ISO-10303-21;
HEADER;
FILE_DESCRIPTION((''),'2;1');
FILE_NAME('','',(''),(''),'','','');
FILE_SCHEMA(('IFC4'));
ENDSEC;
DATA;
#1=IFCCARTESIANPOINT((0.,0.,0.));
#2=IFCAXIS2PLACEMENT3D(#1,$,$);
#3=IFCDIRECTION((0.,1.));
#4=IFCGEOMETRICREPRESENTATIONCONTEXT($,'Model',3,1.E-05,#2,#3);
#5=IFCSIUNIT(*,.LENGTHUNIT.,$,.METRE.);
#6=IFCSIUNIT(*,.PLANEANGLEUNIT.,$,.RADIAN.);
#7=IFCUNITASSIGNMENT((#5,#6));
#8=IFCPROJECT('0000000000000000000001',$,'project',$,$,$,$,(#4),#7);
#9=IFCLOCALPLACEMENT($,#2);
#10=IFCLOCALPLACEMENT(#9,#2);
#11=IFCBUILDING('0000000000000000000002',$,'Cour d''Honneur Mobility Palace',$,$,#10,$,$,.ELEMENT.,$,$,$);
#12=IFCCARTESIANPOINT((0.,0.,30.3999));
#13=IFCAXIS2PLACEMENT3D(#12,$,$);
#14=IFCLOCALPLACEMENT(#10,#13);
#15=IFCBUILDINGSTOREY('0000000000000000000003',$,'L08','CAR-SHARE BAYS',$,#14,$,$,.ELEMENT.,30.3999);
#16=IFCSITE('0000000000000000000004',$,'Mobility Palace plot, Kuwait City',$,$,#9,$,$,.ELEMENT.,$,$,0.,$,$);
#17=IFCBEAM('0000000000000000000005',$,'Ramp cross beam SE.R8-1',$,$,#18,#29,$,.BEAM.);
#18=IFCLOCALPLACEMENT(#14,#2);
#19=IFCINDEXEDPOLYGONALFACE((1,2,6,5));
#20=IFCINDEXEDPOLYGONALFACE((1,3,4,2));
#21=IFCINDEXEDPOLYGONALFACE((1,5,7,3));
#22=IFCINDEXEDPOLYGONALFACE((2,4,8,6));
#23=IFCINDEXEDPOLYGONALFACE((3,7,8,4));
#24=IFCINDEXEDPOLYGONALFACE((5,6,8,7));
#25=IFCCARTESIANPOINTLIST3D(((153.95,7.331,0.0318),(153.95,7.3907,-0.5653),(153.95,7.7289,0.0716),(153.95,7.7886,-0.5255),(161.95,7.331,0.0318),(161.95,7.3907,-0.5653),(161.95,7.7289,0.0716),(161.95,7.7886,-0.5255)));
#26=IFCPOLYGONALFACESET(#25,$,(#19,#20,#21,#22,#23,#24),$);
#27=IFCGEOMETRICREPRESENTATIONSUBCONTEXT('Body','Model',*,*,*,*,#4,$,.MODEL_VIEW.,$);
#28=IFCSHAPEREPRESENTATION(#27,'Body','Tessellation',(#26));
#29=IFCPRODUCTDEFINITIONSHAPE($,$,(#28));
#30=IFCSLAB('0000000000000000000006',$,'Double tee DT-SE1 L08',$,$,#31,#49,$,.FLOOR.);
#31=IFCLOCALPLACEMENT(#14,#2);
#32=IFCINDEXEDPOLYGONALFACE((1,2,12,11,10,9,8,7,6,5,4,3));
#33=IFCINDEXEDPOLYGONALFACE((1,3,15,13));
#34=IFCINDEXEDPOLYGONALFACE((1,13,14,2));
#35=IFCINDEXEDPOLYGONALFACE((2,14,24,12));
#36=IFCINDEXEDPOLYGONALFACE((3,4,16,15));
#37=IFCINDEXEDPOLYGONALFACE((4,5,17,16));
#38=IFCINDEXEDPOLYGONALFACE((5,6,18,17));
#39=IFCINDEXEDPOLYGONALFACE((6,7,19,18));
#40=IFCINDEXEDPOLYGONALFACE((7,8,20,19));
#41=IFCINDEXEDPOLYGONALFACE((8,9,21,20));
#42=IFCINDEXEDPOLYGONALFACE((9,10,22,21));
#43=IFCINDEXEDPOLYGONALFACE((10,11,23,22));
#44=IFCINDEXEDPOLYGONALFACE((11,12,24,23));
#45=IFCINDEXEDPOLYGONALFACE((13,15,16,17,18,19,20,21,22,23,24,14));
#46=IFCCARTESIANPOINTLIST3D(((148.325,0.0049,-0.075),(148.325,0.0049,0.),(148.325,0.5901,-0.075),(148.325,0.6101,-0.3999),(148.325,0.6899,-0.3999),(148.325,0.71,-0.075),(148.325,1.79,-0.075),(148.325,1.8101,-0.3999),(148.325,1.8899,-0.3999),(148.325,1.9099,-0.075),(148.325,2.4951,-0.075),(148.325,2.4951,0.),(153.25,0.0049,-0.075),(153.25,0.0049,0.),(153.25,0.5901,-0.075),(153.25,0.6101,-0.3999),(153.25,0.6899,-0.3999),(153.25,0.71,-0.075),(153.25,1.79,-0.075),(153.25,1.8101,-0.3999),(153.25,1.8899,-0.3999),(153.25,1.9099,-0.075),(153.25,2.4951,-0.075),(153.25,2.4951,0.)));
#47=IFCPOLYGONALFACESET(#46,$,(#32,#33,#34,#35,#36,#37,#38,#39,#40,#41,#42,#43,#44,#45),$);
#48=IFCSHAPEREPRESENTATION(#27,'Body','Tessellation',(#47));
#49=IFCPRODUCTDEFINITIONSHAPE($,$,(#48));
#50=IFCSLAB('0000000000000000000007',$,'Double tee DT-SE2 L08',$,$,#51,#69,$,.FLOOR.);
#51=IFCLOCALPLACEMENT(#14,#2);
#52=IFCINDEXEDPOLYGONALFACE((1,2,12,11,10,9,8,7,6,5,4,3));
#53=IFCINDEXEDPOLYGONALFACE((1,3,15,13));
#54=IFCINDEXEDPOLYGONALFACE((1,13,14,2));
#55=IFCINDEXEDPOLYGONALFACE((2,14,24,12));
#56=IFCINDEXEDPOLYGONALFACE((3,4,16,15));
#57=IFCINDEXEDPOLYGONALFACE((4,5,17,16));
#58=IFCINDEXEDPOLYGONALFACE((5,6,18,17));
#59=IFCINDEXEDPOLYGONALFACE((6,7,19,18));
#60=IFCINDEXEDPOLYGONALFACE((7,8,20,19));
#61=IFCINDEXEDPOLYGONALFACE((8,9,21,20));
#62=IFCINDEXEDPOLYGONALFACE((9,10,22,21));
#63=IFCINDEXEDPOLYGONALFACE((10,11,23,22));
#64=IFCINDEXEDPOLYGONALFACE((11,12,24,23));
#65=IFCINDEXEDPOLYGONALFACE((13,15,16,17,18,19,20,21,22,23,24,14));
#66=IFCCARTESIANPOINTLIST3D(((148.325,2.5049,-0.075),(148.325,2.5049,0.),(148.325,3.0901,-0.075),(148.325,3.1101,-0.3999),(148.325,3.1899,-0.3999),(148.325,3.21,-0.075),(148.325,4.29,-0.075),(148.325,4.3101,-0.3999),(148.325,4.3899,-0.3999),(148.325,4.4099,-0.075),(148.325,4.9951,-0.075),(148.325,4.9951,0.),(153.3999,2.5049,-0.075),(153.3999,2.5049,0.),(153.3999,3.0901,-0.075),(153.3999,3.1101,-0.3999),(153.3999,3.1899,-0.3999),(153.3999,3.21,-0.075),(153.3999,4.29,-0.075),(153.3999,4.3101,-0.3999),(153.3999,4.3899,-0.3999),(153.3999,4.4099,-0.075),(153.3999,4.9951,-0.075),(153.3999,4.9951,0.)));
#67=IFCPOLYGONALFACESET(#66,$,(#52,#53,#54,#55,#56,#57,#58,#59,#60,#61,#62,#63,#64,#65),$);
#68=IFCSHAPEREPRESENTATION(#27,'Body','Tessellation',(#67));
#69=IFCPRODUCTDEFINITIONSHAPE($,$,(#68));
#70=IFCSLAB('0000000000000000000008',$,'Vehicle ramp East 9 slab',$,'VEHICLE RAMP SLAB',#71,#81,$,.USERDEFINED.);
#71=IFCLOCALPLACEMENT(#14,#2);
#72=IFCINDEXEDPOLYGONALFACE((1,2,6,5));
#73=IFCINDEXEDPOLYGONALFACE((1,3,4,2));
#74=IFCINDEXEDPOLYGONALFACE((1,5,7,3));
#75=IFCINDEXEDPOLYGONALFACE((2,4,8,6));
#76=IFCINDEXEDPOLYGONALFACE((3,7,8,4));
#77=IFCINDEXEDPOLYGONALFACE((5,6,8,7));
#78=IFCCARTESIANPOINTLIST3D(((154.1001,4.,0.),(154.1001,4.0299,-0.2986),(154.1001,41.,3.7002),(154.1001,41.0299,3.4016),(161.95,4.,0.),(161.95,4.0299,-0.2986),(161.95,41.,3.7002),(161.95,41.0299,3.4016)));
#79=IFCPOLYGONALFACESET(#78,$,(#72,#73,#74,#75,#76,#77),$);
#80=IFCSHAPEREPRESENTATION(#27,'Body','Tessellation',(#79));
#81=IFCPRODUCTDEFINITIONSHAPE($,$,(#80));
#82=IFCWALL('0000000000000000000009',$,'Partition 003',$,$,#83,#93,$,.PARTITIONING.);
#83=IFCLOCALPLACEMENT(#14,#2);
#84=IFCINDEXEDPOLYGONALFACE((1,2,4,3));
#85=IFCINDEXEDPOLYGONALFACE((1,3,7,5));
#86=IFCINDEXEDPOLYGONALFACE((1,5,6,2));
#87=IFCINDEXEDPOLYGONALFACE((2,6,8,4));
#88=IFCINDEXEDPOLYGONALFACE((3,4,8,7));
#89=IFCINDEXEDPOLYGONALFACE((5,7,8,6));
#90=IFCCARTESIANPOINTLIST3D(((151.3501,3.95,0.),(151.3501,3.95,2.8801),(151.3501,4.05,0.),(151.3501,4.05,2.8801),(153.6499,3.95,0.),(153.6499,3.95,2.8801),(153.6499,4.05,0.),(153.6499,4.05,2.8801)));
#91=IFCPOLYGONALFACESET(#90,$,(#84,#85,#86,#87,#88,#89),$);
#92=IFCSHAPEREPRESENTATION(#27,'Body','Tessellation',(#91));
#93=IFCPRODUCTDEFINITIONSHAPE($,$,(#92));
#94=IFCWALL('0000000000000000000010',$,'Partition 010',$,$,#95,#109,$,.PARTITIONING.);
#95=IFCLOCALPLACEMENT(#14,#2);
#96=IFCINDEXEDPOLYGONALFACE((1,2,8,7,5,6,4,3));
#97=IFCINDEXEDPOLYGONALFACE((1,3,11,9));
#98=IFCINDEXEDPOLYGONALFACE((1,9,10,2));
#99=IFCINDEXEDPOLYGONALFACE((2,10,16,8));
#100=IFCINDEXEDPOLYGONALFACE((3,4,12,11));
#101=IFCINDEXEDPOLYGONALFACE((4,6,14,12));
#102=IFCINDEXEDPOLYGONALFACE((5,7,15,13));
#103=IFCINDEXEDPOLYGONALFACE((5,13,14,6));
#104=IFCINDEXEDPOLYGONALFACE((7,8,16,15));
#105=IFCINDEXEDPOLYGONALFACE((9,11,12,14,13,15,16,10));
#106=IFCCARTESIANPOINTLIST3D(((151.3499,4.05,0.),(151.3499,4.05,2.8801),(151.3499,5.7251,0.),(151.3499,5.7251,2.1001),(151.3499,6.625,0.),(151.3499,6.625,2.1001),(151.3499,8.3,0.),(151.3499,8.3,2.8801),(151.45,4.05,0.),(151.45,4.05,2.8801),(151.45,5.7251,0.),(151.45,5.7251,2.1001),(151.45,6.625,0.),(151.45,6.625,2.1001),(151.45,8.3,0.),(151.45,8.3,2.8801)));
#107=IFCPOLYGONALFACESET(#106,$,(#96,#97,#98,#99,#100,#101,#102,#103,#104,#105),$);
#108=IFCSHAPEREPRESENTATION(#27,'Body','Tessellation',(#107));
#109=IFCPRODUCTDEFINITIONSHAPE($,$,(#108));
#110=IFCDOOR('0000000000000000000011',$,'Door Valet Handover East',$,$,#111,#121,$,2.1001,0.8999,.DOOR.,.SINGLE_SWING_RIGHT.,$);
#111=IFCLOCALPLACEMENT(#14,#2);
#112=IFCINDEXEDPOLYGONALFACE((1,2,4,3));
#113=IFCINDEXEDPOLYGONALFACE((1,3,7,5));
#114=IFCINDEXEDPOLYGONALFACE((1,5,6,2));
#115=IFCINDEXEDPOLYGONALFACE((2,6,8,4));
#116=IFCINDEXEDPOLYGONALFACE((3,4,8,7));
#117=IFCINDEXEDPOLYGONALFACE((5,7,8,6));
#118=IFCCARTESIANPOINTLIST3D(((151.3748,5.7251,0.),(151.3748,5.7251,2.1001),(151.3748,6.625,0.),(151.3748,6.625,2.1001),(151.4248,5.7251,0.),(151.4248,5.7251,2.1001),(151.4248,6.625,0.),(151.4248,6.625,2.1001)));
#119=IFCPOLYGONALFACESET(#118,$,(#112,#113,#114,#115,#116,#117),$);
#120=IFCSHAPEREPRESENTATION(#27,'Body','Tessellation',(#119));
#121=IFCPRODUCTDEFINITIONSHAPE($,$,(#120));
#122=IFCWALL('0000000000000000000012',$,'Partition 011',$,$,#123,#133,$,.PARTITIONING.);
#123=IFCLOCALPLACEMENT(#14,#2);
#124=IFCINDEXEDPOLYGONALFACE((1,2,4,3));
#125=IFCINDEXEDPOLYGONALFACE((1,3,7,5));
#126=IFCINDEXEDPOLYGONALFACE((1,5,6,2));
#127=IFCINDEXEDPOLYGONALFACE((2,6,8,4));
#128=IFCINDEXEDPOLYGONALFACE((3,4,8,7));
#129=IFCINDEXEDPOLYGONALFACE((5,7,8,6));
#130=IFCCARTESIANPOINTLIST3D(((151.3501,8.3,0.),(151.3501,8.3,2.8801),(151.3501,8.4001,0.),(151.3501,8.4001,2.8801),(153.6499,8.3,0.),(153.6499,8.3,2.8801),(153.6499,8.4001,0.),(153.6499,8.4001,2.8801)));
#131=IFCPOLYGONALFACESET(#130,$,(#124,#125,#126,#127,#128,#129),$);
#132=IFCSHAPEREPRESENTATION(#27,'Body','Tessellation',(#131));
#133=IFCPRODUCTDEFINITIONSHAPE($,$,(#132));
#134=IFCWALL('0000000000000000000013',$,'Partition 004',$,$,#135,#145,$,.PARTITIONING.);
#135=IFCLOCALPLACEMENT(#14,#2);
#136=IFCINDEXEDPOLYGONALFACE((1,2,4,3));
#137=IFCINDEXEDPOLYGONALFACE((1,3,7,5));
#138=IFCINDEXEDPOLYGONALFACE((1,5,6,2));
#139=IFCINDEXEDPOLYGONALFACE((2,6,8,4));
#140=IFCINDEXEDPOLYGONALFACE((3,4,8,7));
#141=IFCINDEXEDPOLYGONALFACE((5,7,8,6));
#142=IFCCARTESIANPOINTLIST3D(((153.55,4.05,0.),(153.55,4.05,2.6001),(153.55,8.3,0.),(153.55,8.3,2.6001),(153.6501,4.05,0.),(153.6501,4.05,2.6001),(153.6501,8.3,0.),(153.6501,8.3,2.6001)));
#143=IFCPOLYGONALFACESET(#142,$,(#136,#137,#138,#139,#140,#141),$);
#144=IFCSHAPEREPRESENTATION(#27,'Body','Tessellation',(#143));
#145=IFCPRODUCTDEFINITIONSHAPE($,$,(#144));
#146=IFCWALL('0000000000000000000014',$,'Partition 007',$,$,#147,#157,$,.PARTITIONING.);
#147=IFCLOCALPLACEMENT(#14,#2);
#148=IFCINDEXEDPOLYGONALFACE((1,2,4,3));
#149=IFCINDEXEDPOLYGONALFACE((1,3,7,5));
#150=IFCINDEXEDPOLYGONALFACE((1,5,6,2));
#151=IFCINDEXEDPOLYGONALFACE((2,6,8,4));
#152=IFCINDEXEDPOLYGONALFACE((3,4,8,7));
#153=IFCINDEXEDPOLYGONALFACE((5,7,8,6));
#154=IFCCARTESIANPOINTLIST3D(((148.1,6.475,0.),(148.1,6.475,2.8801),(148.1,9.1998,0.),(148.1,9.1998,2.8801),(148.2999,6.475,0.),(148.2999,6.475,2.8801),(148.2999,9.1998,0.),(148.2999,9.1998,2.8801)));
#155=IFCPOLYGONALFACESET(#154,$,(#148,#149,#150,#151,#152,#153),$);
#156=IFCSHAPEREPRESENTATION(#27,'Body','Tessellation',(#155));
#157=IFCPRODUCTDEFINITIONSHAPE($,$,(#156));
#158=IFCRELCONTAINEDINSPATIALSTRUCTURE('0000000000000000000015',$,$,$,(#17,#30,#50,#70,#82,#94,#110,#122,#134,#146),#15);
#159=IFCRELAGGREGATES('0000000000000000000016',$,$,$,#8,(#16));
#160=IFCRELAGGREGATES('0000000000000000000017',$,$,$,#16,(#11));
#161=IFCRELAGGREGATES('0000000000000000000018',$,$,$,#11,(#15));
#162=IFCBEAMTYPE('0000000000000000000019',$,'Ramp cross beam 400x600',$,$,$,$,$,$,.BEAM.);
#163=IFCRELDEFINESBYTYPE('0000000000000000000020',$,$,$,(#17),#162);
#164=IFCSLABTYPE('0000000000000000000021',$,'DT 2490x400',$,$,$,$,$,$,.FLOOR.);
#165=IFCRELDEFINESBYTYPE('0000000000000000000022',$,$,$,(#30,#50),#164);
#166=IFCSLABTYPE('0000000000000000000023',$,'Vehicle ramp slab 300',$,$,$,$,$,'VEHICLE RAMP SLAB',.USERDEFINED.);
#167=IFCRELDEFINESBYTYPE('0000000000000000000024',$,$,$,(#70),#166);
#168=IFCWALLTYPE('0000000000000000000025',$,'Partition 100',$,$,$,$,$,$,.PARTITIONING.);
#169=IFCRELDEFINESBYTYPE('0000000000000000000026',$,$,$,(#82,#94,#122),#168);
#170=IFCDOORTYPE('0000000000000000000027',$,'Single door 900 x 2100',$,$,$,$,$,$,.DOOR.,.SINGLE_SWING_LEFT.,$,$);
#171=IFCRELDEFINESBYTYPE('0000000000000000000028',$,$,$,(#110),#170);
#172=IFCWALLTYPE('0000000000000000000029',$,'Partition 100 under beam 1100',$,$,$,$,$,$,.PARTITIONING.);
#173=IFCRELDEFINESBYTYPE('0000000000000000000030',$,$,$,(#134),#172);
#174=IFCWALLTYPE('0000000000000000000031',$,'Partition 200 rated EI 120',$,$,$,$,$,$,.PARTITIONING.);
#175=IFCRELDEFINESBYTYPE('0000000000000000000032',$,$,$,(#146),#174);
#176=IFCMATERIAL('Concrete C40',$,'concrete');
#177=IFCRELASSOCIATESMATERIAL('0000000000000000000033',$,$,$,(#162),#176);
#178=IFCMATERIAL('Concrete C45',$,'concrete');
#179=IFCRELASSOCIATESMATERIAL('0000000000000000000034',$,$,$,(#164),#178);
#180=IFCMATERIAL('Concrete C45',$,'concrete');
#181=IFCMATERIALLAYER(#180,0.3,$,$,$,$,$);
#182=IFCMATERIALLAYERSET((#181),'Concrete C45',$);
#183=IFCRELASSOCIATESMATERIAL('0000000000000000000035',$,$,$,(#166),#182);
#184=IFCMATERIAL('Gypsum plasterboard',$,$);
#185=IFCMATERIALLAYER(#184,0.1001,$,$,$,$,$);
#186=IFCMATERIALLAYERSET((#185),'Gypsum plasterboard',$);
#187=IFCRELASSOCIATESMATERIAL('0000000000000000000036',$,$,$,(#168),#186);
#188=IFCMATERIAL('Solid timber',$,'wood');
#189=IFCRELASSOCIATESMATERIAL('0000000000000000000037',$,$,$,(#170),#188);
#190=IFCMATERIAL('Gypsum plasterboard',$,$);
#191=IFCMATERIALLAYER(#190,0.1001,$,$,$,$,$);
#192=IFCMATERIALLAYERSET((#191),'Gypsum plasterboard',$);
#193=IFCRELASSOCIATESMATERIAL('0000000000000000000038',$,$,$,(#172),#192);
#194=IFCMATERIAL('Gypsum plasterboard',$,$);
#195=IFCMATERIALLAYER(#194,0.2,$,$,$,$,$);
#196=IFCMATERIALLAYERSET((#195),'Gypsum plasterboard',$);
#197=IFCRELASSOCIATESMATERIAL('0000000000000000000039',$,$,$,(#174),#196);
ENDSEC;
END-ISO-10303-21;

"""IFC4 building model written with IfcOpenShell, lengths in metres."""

from ifc_helpers import new_model, si_unit, direction, frame, frame_2d, origin, origin_2d, place, context, subcontext, project, spatial, polyline, rectangle, outline, extrude, material, layer, layer_set, material_profile, profile_set, type_object, element, fill, save


model = new_model("IFC4")

# Units and contexts
model_context = context("Model", 3, precision=1e-05, world=origin(), true_north=direction((0.0, 1.0)))
body_context = subcontext(model_context, "Body", "Model", "MODEL_VIEW")
ifc_project = project(units=[si_unit("LENGTHUNIT", "METRE"), si_unit("PLANEANGLEUNIT", "RADIAN")], contexts=[model_context])

# Site, building, storey
site_placement = place(None, origin())
site = spatial("IfcSite", under=ifc_project, at=site_placement, Name="Mobility Palace plot, Kuwait City", CompositionType="ELEMENT", RefElevation=0.0)
building_placement = place(site_placement, origin())
building = spatial("IfcBuilding", under=site, at=building_placement, Name="Cour d'Honneur Mobility Palace", CompositionType="ELEMENT")
storey_placement = place(building_placement, frame((0.0, 0.0, 30.3999)))
storey = spatial("IfcBuildingStorey", under=building, at=storey_placement, Name="L08", Description="CAR-SHARE BAYS", CompositionType="ELEMENT", Elevation=30.3999)

# Beam
ifc_material_1 = material(Name="Concrete C40", Category="concrete")
ifc_material_profile_1 = material_profile(ifc_material_1, rectangle(XDim=0.3999, YDim=0.6001, at=origin_2d()), Name="Ramp cross beam 400x600")
ifc_profile_set_1 = profile_set([ifc_material_profile_1], Name="Concrete C40")
beam_type_1 = type_object("IfcBeamType", Name="Ramp cross beam 400x600", PredefinedType="BEAM", material=ifc_profile_set_1)
beam_1_placement = place(storey_placement, frame((161.95, 7.5598, -0.2468), z_axis=(-1.0, 0.0, 0.0), x_axis=(0.0, -0.995037, -0.099504)))
element("IfcBeam", 1, at=beam_1_placement, inside=storey, type_object=beam_type_1, Name="Ramp cross beam SE.R8-1", PredefinedType="BEAM", context=body_context, shape_type="SweptSolid", body=[
    extrude(rectangle(XDim=0.3999, YDim=0.6001, at=origin_2d()), origin(), (0.0, 0.0, 1.0), 8.0),
])

# Slabs
ifc_material_2 = material(Name="Concrete C45", Category="concrete")
ifc_material_profile_2 = material_profile(ifc_material_2, outline(polyline([(-1.2451, 0.0), (1.2451, 0.0), (1.2451, -0.075), (0.6599, -0.075), (0.6399, -0.3999), (0.5601, -0.3999), (0.54, -0.075), (-0.54, -0.075), (-0.5601, -0.3999), (-0.6399, -0.3999), (-0.6599, -0.075), (-1.2451, -0.075), (-1.2451, 0.0)])), Name="DT 2490x400")
ifc_profile_set_2 = profile_set([ifc_material_profile_2], Name="Concrete C45")
slab_type_1 = type_object("IfcSlabType", Name="DT 2490x400", PredefinedType="FLOOR", material=ifc_profile_set_2)
slab_1_placement = place(storey_placement, frame((148.325, 1.25, 0.0), z_axis=(1.0, 0.0, 0.0), x_axis=(0.0, 1.0, 0.0)))
element("IfcSlab", 2, at=slab_1_placement, inside=storey, type_object=slab_type_1, Name="Double tee DT-SE1 L08", PredefinedType="FLOOR", context=body_context, shape_type="SweptSolid", body=[
    extrude(outline(polyline([(-1.2451, 0.0), (1.2451, 0.0), (1.2451, -0.075), (0.6599, -0.075), (0.6399, -0.3999), (0.5601, -0.3999), (0.54, -0.075), (-0.54, -0.075), (-0.5601, -0.3999), (-0.6399, -0.3999), (-0.6599, -0.075), (-1.2451, -0.075), (-1.2451, 0.0)])), origin(), (0.0, 0.0, 1.0), 4.925),
])
slab_2_placement = place(storey_placement, frame((148.325, 3.75, 0.0), z_axis=(1.0, 0.0, 0.0), x_axis=(0.0, 1.0, 0.0)))
element("IfcSlab", 3, at=slab_2_placement, inside=storey, type_object=slab_type_1, Name="Double tee DT-SE2 L08", PredefinedType="FLOOR", context=body_context, shape_type="SweptSolid", body=[
    extrude(outline(polyline([(-1.2451, 0.0), (1.2451, 0.0), (1.2451, -0.075), (0.6599, -0.075), (0.6399, -0.3999), (0.5601, -0.3999), (0.54, -0.075), (-0.54, -0.075), (-0.5601, -0.3999), (-0.6399, -0.3999), (-0.6599, -0.075), (-1.2451, -0.075), (-1.2451, 0.0)])), origin(), (0.0, 0.0, 1.0), 5.075),
])
ifc_material_3 = material(Name="Concrete C45", Category="concrete")
ifc_layer_1 = layer(ifc_material_3, 0.3)
ifc_layer_set_1 = layer_set([ifc_layer_1], Name="Concrete C45")
slab_type_2 = type_object("IfcSlabType", Name="Vehicle ramp slab 300", ElementType="VEHICLE RAMP SLAB", PredefinedType="USERDEFINED", material=ifc_layer_set_1)
slab_3_placement = place(storey_placement, frame((154.1001, 4.0, 0.0), z_axis=(0.0, -0.099509, 0.995037), x_axis=(1.0, 0.0, 0.0)))
element("IfcSlab", 4, at=slab_3_placement, inside=storey, type_object=slab_type_2, Name="Vehicle ramp East 9 slab", ObjectType="VEHICLE RAMP SLAB", PredefinedType="USERDEFINED", context=body_context, shape_type="SweptSolid", body=[
    extrude(outline(polyline([(0.0, 0.0), (7.8499, 0.0), (7.8499, 37.1846), (0.0, 37.1846), (0.0, 0.0)])), origin(), (0.0, 0.0, -1.0), 0.3),
])

# Wall
ifc_material_4 = material(Name="Gypsum plasterboard")
ifc_layer_2 = layer(ifc_material_4, 0.1001)
ifc_layer_set_2 = layer_set([ifc_layer_2], Name="Gypsum plasterboard")
wall_type_1 = type_object("IfcWallType", Name="Partition 100", PredefinedType="PARTITIONING", material=ifc_layer_set_2)
wall_1_placement = place(storey_placement, frame((151.3501, 4.0, 0.0), z_axis=(0.0, 0.0, 1.0), x_axis=(1.0, 0.0, 0.0)))
element("IfcWall", 5, at=wall_1_placement, inside=storey, type_object=wall_type_1, Name="Partition 003", PredefinedType="PARTITIONING", context=body_context, shape_type="SweptSolid", body=[
    extrude(rectangle(XDim=2.2998, YDim=0.1001, at=frame_2d((1.1499, 0.0))), origin(), (0.0, 0.0, 1.0), 2.8801),
])

# Wall, opening, door
wall_2_placement = place(storey_placement, frame((151.3999, 8.3, 0.0), z_axis=(0.0, 0.0, 1.0), x_axis=(0.0, -1.0, 0.0)))
wall_2 = element("IfcWall", 6, at=wall_2_placement, inside=storey, type_object=wall_type_1, Name="Partition 010", PredefinedType="PARTITIONING", context=body_context, shape_type="SweptSolid", body=[
    extrude(rectangle(XDim=4.25, YDim=0.1001, at=frame_2d((2.125, 0.0))), origin(), (0.0, 0.0, 1.0), 2.8801),
])
opening_placement = place(wall_2_placement, frame((1.675, 0.0, 0.0)))
opening = element("IfcOpeningElement", 7, at=opening_placement, cuts=wall_2, PredefinedType="OPENING", context=body_context, shape_type="SweptSolid", body=[
    extrude(rectangle(XDim=0.8999, YDim=2.1001, at=frame_2d((0.45, 1.05))), frame((0.0, 0.0601, 0.0), z_axis=(0.0, -1.0, 0.0), x_axis=(1.0, 0.0, 0.0)), (0.0, 0.0, 1.0), 0.1201),
])
ifc_material_5 = material(Name="Solid timber", Category="wood")
door_type = type_object("IfcDoorType", Name="Single door 900 x 2100", OperationType="SINGLE_SWING_LEFT", PredefinedType="DOOR", material=ifc_material_5)
door_placement = place(opening_placement, origin())
door = element("IfcDoor", 8, at=door_placement, inside=storey, type_object=door_type, Name="Door Valet Handover East", OperationType="SINGLE_SWING_RIGHT", OverallHeight=2.1001, OverallWidth=0.8999, PredefinedType="DOOR", context=body_context, shape_type="SweptSolid", body=[
    extrude(rectangle(XDim=0.8999, YDim=2.1001, at=frame_2d((0.45, 1.05))), frame((0.0, 0.0249, 0.0), z_axis=(0.0, -1.0, 0.0), x_axis=(1.0, 0.0, 0.0)), (0.0, 0.0, 1.0), 0.05),
])
fill(opening, door)

# Walls
wall_3_placement = place(storey_placement, frame((153.6499, 8.3501, 0.0), z_axis=(0.0, 0.0, 1.0), x_axis=(-1.0, 0.0, 0.0)))
element("IfcWall", 9, at=wall_3_placement, inside=storey, type_object=wall_type_1, Name="Partition 011", PredefinedType="PARTITIONING", context=body_context, shape_type="SweptSolid", body=[
    extrude(rectangle(XDim=2.2998, YDim=0.1001, at=frame_2d((1.1499, 0.0))), origin(), (0.0, 0.0, 1.0), 2.8801),
])
ifc_material_6 = material(Name="Gypsum plasterboard")
ifc_layer_3 = layer(ifc_material_6, 0.1001)
ifc_layer_set_3 = layer_set([ifc_layer_3], Name="Gypsum plasterboard")
wall_type_2 = type_object("IfcWallType", Name="Partition 100 under beam 1100", PredefinedType="PARTITIONING", material=ifc_layer_set_3)
wall_4_placement = place(storey_placement, frame((153.6001, 4.05, 0.0), z_axis=(0.0, 0.0, 1.0), x_axis=(0.0, 1.0, 0.0)))
element("IfcWall", 10, at=wall_4_placement, inside=storey, type_object=wall_type_2, Name="Partition 004", PredefinedType="PARTITIONING", context=body_context, shape_type="SweptSolid", body=[
    extrude(rectangle(XDim=4.25, YDim=0.1001, at=frame_2d((2.125, 0.0))), origin(), (0.0, 0.0, 1.0), 2.6001),
])
ifc_material_7 = material(Name="Gypsum plasterboard")
ifc_layer_4 = layer(ifc_material_7, 0.2)
ifc_layer_set_4 = layer_set([ifc_layer_4], Name="Gypsum plasterboard")
wall_type_3 = type_object("IfcWallType", Name="Partition 200 rated EI 120", PredefinedType="PARTITIONING", material=ifc_layer_set_4)
wall_5_placement = place(storey_placement, frame((148.2, 6.4751, 0.0), z_axis=(0.0, 0.0, 1.0), x_axis=(0.0, 1.0, 0.0)))
element("IfcWall", 11, at=wall_5_placement, inside=storey, type_object=wall_type_3, Name="Partition 007", PredefinedType="PARTITIONING", context=body_context, shape_type="SweptSolid", body=[
    extrude(rectangle(XDim=2.7249, YDim=0.2, at=frame_2d((1.3623, 0.0))), origin(), (0.0, 0.0, 1.0), 2.8801),
])

save(model, "model.ifc")
